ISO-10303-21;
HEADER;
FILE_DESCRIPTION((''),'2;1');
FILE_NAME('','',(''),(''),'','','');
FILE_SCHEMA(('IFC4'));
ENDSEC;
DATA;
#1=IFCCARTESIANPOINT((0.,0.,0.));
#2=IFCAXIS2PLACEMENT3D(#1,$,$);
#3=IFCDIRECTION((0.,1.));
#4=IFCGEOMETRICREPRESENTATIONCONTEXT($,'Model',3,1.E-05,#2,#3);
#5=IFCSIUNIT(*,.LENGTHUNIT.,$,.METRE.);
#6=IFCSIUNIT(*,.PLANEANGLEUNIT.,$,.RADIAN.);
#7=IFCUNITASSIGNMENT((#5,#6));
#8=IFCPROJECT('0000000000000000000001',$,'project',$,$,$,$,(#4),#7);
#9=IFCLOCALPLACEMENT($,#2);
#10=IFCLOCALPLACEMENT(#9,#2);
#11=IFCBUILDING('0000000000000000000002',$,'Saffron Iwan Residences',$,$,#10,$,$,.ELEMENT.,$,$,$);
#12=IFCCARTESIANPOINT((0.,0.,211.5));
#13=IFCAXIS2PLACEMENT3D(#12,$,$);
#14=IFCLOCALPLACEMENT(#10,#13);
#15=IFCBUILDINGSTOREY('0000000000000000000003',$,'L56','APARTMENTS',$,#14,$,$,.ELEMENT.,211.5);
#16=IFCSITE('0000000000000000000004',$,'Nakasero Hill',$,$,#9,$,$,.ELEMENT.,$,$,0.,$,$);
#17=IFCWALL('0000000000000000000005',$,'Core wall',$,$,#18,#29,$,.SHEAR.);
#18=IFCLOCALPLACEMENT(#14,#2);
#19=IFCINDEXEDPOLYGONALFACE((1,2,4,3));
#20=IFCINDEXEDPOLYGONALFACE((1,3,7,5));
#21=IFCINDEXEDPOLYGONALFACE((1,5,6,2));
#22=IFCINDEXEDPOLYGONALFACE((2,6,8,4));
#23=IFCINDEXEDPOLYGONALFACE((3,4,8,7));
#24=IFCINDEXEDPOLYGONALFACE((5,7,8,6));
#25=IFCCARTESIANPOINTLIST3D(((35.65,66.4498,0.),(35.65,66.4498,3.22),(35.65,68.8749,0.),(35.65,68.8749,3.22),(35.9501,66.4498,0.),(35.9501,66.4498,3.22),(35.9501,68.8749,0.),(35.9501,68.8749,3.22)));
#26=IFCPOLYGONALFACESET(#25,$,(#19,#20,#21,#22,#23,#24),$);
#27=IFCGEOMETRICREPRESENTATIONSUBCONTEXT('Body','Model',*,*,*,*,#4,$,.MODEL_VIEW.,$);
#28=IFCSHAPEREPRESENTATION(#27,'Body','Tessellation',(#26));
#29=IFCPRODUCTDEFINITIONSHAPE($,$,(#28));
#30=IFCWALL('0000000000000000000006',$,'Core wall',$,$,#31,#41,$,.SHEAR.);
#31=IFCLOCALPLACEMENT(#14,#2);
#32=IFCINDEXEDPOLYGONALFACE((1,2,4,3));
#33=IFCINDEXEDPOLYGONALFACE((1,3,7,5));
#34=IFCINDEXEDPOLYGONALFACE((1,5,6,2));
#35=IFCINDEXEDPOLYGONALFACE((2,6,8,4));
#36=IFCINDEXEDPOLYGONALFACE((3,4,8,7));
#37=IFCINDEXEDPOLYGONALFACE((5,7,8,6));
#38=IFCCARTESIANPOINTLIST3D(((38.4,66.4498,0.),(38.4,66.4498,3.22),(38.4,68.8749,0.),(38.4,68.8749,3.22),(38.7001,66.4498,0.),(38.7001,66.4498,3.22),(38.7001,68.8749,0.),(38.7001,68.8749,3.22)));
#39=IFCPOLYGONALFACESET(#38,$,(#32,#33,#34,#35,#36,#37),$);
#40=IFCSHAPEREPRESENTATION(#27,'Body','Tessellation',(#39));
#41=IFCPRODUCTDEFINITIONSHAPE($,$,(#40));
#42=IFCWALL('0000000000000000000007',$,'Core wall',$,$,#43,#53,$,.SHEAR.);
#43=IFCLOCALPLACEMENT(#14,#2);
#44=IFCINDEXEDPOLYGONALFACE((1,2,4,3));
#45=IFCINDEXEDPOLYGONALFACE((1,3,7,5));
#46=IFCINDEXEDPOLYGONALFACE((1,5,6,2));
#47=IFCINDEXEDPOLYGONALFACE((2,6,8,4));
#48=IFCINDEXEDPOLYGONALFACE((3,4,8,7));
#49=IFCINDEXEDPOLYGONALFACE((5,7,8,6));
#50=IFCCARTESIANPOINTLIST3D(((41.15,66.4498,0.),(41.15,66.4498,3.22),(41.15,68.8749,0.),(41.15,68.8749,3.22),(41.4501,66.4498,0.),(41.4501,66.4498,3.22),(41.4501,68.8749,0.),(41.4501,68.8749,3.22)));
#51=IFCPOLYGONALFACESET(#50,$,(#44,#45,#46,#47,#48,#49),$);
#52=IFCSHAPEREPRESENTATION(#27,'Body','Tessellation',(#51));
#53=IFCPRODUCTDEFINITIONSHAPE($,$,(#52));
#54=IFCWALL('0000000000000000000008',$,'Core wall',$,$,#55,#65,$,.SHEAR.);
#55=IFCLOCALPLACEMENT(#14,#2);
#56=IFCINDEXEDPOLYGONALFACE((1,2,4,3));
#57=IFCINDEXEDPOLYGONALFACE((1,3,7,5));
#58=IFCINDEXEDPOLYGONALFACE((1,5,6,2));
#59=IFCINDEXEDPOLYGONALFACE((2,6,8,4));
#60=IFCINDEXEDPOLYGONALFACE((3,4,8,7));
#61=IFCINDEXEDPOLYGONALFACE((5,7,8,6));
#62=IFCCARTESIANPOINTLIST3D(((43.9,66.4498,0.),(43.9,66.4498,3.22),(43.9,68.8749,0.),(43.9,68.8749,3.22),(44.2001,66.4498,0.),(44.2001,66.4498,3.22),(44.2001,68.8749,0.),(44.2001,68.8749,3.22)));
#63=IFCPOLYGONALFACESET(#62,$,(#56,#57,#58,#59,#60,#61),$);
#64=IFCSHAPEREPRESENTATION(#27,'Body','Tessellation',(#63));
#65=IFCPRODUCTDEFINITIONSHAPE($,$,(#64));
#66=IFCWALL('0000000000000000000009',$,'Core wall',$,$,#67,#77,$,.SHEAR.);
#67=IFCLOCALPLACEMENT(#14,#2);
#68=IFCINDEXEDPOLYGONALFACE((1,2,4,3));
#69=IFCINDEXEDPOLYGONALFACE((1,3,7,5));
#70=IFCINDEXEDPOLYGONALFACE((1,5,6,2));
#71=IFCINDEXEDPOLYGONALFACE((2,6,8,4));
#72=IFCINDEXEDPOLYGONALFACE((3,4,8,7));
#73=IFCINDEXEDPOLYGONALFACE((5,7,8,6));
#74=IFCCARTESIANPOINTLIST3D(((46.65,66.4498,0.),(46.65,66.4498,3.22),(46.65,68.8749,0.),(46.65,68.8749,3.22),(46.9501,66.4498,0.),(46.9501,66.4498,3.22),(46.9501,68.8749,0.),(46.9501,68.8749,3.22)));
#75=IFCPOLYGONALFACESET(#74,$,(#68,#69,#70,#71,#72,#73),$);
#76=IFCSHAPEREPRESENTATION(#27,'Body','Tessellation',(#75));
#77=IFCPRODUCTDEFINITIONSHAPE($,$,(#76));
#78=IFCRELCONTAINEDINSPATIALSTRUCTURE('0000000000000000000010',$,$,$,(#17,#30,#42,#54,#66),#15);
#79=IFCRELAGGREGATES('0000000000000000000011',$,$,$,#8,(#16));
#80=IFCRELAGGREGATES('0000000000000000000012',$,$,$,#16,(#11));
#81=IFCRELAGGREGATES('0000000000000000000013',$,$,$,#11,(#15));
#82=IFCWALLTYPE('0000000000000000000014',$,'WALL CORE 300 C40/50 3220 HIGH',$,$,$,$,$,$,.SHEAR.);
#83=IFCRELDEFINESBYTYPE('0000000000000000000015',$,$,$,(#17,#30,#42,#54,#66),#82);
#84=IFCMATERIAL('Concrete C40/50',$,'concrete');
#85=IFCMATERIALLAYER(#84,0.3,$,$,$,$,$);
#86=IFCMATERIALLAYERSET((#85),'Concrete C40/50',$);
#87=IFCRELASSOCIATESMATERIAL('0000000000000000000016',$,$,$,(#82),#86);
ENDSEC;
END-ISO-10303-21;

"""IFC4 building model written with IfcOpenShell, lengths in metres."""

from ifc_helpers import new_model, si_unit, direction, frame, frame_2d, origin, place, context, subcontext, project, spatial, rectangle, extrude, material, layer, layer_set, type_object, element, save


model = new_model("IFC4")

# Units and contexts
model_context = context("Model", 3, precision=1e-05, world=origin(), true_north=direction((0.0, 1.0)))
body_context = subcontext(model_context, "Body", "Model", "MODEL_VIEW")
ifc_project = project(units=[si_unit("LENGTHUNIT", "METRE"), si_unit("PLANEANGLEUNIT", "RADIAN")], contexts=[model_context])

# Site, building, storey
site_placement = place(None, origin())
site = spatial("IfcSite", under=ifc_project, at=site_placement, Name="Nakasero Hill", CompositionType="ELEMENT", RefElevation=0.0)
building_placement = place(site_placement, origin())
building = spatial("IfcBuilding", under=site, at=building_placement, Name="Saffron Iwan Residences", CompositionType="ELEMENT")
storey_placement = place(building_placement, frame((0.0, 0.0, 211.5)))
storey = spatial("IfcBuildingStorey", under=building, at=storey_placement, Name="L56", Description="APARTMENTS", CompositionType="ELEMENT", Elevation=211.5)

# Shared definitions
ifc_material_1 = material(Name="Concrete C40/50", Category="concrete")
ifc_layer_1 = layer(ifc_material_1, 0.3)
ifc_layer_set_1 = layer_set([ifc_layer_1], Name="Concrete C40/50")
wall_type_1 = type_object("IfcWallType", Name="WALL CORE 300 C40/50 3220 HIGH", PredefinedType="SHEAR", material=ifc_layer_set_1)

# Walls
for number, where, z_axis, x_axis, name in (
    (1, (35.8, 66.45, 0.0), (0.0, 0.0, 1.0), (0.0, 1.0, 0.0), "Core wall"),
    (2, (38.55, 66.45, 0.0), (0.0, 0.0, 1.0), (0.0, 1.0, 0.0), "Core wall"),
    (3, (41.3, 66.45, 0.0), (0.0, 0.0, 1.0), (0.0, 1.0, 0.0), "Core wall"),
    (4, (44.05, 66.45, 0.0), (0.0, 0.0, 1.0), (0.0, 1.0, 0.0), "Core wall"),
    (5, (46.8, 66.45, 0.0), (0.0, 0.0, 1.0), (0.0, 1.0, 0.0), "Core wall"),
):
    element("IfcWall", number, at=place(storey_placement, frame(where, z_axis=z_axis, x_axis=x_axis)), inside=storey, type_object=wall_type_1, Name=name, PredefinedType="SHEAR", context=body_context, shape_type="SweptSolid", body=[
        extrude(rectangle(XDim=2.425, YDim=0.3, at=frame_2d((1.2124, 0.0))), origin(), (0.0, 0.0, 1.0), 3.22),
    ])

save(model, "model.ifc")
